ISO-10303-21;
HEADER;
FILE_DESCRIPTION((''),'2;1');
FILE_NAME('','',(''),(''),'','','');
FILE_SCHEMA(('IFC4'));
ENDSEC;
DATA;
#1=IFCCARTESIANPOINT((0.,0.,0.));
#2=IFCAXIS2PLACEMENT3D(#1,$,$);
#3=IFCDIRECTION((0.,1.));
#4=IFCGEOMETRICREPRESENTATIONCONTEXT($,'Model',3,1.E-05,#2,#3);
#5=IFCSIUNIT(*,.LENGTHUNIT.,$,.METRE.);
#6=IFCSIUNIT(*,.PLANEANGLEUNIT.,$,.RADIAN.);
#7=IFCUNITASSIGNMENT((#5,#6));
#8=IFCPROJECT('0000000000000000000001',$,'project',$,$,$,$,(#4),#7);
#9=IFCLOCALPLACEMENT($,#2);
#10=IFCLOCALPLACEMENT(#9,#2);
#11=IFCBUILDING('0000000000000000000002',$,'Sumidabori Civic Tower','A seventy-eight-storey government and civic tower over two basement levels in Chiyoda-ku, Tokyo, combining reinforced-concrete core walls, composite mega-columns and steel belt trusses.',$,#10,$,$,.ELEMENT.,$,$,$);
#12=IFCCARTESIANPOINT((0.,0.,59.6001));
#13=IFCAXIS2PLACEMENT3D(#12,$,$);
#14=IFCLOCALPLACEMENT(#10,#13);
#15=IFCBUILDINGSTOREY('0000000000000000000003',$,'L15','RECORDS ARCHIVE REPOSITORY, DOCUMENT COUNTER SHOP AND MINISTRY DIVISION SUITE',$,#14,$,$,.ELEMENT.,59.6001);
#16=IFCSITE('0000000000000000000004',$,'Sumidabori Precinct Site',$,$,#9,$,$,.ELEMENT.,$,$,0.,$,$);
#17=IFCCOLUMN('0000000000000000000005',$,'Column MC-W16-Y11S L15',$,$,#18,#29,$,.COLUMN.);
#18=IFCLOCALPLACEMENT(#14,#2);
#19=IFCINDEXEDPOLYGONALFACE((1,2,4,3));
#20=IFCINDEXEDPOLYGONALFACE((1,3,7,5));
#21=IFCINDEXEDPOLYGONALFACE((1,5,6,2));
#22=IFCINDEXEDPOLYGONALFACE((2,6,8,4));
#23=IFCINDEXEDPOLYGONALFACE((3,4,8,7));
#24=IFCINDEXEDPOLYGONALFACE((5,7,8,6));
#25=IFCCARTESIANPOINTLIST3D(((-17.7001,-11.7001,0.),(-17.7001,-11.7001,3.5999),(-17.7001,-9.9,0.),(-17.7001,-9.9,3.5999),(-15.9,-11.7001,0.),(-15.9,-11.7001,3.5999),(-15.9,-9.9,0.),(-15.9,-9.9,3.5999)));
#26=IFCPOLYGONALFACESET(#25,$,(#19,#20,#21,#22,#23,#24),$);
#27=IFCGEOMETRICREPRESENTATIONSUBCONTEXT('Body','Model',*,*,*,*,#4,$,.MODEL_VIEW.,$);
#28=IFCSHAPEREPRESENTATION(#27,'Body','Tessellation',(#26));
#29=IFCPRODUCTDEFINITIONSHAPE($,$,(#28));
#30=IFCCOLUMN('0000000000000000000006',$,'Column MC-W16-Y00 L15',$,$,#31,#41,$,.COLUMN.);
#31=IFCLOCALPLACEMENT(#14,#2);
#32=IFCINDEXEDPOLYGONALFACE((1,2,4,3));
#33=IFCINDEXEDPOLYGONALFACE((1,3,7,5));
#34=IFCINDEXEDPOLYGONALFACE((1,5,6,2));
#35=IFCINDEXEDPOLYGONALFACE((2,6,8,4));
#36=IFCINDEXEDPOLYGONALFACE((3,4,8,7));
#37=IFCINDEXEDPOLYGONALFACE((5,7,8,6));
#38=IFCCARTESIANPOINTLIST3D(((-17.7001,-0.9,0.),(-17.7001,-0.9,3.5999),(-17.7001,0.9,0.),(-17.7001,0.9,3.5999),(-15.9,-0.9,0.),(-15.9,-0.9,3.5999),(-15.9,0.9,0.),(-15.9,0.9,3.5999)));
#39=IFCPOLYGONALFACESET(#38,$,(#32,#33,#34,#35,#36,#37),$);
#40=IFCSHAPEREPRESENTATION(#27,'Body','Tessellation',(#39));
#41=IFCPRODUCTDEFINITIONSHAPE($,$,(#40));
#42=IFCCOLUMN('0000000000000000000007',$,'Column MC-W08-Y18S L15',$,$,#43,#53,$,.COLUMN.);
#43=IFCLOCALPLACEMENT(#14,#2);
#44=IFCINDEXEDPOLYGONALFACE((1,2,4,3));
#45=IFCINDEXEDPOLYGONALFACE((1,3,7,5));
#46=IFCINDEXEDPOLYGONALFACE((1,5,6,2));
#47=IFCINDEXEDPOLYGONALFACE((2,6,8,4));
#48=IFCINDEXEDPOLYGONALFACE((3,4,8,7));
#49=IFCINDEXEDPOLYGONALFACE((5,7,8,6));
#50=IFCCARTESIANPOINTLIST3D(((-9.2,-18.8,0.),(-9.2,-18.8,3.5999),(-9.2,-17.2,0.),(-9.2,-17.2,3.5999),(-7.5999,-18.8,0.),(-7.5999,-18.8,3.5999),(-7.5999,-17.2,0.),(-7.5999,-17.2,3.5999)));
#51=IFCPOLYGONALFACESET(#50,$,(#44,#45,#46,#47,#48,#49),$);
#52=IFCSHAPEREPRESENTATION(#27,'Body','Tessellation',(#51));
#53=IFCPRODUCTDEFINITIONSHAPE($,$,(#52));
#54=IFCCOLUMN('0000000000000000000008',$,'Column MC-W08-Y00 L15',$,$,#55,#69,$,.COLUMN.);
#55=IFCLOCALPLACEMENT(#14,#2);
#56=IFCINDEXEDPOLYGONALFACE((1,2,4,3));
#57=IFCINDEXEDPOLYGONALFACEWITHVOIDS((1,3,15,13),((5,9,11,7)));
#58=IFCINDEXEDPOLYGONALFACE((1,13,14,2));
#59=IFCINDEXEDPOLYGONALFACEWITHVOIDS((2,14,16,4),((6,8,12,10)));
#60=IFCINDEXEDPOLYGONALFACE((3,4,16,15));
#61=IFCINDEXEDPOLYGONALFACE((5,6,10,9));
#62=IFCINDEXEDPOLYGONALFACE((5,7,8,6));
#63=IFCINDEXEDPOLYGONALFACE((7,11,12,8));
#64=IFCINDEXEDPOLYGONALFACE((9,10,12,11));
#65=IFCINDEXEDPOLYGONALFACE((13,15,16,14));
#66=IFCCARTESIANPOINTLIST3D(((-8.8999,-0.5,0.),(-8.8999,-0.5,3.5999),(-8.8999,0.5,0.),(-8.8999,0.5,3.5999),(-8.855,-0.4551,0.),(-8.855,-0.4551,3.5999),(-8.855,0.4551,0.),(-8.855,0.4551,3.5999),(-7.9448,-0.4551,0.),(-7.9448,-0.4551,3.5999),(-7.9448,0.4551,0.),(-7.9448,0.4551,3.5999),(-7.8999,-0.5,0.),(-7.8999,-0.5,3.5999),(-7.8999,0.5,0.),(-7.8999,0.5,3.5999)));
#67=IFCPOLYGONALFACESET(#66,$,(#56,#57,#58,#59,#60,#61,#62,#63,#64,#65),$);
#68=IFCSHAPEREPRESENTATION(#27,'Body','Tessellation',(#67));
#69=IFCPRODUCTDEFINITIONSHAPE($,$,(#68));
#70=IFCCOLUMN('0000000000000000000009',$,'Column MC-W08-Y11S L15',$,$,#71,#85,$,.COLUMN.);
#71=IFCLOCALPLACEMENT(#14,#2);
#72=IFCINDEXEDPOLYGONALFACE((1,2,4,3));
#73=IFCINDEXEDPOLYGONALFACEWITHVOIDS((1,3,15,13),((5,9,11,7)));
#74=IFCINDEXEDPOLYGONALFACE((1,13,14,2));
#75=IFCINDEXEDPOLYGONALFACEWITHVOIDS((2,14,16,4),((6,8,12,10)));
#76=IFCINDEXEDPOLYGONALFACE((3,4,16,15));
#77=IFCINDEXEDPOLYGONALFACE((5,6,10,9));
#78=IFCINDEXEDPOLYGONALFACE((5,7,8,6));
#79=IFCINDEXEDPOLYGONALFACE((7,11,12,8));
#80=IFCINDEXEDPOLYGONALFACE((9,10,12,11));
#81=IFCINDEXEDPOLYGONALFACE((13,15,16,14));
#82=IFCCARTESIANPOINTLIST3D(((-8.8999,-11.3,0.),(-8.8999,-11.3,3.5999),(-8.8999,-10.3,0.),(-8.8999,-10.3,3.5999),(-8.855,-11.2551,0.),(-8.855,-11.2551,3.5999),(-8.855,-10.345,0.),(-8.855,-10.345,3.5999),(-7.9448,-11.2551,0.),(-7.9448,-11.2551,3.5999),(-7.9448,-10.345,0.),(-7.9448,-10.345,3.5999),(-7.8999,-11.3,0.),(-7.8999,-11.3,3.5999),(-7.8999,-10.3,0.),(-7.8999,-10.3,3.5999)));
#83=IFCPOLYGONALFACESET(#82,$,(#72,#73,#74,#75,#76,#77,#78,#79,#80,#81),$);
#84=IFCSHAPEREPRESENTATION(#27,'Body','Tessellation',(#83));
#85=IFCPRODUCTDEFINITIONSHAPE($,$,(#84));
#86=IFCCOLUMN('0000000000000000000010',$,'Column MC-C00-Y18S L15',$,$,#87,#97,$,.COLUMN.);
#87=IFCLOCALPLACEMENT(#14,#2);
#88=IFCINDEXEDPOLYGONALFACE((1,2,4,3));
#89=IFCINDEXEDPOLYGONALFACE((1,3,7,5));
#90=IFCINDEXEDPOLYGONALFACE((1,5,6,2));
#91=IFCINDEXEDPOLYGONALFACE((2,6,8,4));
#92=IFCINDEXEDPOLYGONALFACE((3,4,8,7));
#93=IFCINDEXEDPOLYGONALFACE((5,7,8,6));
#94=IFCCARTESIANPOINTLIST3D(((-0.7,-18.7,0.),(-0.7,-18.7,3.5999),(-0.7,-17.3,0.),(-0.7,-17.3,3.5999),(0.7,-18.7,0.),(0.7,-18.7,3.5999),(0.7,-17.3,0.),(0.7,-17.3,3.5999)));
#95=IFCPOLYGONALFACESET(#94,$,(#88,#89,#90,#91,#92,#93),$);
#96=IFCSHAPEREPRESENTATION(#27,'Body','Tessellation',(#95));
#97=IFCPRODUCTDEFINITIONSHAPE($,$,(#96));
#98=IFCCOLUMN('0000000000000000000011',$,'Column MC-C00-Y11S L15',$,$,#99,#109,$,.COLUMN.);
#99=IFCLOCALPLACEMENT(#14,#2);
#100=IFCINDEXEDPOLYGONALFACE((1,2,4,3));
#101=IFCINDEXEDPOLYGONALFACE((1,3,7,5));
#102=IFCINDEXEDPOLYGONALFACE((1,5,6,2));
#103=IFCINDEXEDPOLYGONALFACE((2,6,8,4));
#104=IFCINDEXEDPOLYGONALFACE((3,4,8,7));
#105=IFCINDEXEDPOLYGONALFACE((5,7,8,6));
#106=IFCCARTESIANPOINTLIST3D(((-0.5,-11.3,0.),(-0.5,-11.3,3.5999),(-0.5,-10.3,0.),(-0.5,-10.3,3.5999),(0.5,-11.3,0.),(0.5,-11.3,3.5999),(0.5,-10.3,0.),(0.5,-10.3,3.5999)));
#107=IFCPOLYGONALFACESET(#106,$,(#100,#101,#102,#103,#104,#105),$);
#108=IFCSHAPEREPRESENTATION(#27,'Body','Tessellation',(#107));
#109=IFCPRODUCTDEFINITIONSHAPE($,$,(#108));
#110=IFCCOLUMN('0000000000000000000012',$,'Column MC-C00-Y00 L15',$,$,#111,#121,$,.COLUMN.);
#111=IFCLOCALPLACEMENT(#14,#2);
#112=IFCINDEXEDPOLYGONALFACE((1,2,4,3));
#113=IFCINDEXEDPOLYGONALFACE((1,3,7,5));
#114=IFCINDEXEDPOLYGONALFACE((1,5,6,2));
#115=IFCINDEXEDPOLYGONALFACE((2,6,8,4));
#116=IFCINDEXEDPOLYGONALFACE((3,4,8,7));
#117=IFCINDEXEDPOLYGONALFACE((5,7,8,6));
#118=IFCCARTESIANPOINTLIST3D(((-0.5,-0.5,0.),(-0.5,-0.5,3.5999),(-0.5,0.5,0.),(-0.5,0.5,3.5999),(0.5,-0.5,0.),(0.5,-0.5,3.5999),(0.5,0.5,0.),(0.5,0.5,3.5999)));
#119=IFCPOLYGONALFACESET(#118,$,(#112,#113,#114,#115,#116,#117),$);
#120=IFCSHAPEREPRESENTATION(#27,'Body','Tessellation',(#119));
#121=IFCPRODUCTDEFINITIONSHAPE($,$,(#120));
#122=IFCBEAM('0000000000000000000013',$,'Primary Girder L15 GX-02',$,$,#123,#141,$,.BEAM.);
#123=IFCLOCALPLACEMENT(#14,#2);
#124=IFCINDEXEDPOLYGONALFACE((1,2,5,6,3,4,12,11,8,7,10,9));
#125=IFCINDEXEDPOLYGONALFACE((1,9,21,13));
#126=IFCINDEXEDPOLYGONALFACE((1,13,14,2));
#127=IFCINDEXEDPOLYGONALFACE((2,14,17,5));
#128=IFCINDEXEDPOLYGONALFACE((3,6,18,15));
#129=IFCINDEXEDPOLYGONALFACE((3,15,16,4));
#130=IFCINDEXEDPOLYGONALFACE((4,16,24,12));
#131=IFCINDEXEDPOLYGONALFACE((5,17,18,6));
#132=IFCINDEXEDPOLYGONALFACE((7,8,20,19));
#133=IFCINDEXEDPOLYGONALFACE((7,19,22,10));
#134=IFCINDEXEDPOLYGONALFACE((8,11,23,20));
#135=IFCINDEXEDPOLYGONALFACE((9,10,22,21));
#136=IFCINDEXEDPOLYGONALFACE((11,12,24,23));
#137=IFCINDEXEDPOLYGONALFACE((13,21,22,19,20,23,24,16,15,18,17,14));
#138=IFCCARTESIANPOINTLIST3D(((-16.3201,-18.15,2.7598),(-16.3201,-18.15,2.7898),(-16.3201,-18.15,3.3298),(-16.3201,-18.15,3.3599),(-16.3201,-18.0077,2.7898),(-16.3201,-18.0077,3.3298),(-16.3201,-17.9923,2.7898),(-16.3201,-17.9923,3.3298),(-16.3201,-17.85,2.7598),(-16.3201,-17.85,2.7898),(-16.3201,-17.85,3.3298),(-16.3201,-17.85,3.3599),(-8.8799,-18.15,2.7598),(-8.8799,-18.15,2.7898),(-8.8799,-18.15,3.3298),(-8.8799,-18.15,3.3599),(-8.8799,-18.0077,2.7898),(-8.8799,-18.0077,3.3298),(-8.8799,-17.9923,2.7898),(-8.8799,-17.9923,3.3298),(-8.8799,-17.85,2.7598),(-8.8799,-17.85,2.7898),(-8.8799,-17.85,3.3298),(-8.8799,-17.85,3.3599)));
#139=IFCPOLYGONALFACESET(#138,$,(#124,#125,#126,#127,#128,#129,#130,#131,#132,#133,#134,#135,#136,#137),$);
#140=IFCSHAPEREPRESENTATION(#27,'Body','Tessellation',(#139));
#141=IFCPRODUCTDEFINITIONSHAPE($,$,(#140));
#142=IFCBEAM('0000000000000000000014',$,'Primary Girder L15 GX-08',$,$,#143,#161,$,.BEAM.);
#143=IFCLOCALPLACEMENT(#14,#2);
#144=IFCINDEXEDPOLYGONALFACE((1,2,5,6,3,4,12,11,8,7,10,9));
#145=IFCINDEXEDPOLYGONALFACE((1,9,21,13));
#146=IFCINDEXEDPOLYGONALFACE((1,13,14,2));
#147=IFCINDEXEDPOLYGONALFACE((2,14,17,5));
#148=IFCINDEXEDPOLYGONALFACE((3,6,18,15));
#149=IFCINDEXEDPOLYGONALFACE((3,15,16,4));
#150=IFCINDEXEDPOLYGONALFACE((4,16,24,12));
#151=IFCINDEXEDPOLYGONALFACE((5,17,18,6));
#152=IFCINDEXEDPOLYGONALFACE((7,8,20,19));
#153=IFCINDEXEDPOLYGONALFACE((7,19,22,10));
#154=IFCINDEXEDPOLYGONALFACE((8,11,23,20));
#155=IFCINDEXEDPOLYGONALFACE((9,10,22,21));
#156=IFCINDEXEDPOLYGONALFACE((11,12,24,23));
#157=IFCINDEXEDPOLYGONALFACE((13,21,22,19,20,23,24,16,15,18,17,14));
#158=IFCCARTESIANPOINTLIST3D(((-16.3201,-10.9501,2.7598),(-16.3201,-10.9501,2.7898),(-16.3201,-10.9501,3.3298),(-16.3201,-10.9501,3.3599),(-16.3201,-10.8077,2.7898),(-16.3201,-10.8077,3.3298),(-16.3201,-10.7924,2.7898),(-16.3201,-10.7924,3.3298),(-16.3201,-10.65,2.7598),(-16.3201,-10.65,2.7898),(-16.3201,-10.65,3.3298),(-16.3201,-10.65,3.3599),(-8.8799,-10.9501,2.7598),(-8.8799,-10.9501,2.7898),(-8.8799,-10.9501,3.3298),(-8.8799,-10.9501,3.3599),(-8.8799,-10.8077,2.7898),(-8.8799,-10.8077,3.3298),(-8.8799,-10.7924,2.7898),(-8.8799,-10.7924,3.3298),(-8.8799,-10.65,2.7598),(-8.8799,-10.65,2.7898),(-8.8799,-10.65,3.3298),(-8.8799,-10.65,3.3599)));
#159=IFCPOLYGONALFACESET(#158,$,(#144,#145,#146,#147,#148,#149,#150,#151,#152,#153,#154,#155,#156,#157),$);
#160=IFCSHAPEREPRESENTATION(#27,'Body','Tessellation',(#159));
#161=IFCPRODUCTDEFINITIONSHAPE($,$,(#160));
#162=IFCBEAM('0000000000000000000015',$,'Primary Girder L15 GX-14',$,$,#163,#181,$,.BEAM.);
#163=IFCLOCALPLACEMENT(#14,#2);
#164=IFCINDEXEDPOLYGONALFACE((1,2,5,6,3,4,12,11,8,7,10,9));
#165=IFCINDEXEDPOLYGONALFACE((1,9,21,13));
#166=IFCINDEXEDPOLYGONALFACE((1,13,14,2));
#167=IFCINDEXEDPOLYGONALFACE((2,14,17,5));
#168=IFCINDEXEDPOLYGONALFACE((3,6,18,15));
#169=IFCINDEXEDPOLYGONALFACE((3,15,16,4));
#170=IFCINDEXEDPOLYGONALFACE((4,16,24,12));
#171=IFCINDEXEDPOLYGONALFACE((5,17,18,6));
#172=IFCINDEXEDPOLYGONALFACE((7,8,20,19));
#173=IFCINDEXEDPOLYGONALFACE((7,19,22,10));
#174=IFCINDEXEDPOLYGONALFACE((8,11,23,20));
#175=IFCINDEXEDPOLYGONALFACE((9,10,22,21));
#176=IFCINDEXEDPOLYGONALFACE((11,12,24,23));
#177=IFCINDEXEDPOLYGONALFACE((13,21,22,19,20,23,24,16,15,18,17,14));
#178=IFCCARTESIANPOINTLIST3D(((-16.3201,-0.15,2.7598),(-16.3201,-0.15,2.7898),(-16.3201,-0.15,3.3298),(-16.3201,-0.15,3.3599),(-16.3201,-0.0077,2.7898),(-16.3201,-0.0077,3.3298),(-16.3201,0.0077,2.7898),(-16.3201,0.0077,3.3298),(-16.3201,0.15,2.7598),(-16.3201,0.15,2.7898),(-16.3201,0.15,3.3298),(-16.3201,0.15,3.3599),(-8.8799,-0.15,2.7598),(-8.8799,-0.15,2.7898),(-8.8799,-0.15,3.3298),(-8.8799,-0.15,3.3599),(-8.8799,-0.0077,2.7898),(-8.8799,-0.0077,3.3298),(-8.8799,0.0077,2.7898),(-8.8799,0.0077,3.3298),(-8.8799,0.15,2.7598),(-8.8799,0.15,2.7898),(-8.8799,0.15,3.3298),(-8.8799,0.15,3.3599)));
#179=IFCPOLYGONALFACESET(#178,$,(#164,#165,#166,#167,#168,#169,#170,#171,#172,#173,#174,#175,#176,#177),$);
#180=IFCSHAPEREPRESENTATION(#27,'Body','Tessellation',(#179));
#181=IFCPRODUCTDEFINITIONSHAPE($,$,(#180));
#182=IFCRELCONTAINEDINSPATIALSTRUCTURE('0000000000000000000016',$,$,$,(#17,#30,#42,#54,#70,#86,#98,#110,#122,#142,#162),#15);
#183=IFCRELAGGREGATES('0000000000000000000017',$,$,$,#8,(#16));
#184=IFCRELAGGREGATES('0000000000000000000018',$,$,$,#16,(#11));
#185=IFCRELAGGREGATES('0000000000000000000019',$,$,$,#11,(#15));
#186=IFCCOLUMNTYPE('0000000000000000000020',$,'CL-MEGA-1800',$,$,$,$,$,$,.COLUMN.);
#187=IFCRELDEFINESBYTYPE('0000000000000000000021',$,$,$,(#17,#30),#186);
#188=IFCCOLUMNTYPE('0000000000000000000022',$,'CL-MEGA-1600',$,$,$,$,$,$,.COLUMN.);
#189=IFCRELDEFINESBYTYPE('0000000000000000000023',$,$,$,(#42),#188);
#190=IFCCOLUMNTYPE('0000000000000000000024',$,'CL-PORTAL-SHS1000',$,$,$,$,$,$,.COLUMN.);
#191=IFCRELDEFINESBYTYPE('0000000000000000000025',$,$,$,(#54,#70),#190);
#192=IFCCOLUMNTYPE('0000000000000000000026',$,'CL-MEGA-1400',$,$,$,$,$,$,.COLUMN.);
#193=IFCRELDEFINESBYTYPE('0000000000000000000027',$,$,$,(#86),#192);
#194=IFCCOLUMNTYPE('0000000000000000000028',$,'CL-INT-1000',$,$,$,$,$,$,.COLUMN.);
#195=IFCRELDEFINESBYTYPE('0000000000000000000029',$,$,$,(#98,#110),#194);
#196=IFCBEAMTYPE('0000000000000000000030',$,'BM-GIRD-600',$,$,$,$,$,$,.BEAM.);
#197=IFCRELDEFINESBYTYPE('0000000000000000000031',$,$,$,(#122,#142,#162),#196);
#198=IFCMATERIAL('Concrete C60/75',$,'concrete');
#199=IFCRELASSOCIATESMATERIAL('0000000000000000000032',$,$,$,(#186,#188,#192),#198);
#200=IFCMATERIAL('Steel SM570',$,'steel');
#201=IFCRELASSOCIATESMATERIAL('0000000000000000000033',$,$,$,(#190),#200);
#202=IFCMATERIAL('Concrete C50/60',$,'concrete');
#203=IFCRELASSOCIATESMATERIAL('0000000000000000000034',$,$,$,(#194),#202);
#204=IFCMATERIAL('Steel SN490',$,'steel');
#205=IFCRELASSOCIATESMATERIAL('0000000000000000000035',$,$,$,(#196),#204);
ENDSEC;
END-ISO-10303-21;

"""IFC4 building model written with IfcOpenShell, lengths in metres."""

from ifc_helpers import new_model, si_unit, direction, frame, origin, origin_2d, place, context, subcontext, project, spatial, rectangle, hollow_rectangle, i_section, extrude, source, transform, mapped, material, material_profile, profile_set, type_object, element, save


model = new_model("IFC4")

# Units and contexts
model_context = context("Model", 3, precision=1e-05, world=origin(), true_north=direction((0.0, 1.0)))
body_context = subcontext(model_context, "Body", "Model", "MODEL_VIEW")
ifc_project = project(units=[si_unit("LENGTHUNIT", "METRE"), si_unit("PLANEANGLEUNIT", "RADIAN")], contexts=[model_context])

# Site, building, storey
site_placement = place(None, origin())
site = spatial("IfcSite", under=ifc_project, at=site_placement, Name="Sumidabori Precinct Site", CompositionType="ELEMENT", RefElevation=0.0)
building_placement = place(site_placement, origin())
building = spatial("IfcBuilding", under=site, at=building_placement, Name="Sumidabori Civic Tower", Description="A seventy-eight-storey government and civic tower over two basement levels in Chiyoda-ku, Tokyo, combining reinforced-concrete core walls, composite mega-columns and steel belt trusses.", CompositionType="ELEMENT")
storey_placement = place(building_placement, frame((0.0, 0.0, 59.6001)))
storey = spatial("IfcBuildingStorey", under=building, at=storey_placement, Name="L15", Description="RECORDS ARCHIVE REPOSITORY, DOCUMENT COUNTER SHOP AND MINISTRY DIVISION SUITE", CompositionType="ELEMENT", Elevation=59.6001)

# Columns
ifc_material_1 = material(Name="Concrete C60/75", Category="concrete")
ifc_material_profile_1 = material_profile(ifc_material_1, rectangle(XDim=1.8, YDim=1.8, at=origin_2d()), Name="RC 1800x1800")
ifc_profile_set_1 = profile_set([ifc_material_profile_1], Name="Concrete C60/75")
column_type_1 = type_object("IfcColumnType", Name="CL-MEGA-1800", PredefinedType="COLUMN", material=ifc_profile_set_1)
shared_shape_1 = source(origin(), body_context, "Body", "SweptSolid", [
    extrude(rectangle(XDim=1.8, YDim=1.8, at=origin_2d()), origin(), (0.0, 0.0, 1.0), 3.5999),
])
for number, where, z_axis, x_axis, name in (
    (1, (-16.8, -10.8, 0.0), (0.0, 0.0, 1.0), (1.0, 0.0, 0.0), "Column MC-W16-Y11S L15"),
    (2, (-16.8, 0.0, 0.0), (0.0, 0.0, 1.0), (1.0, 0.0, 0.0), "Column MC-W16-Y00 L15"),
):
    element("IfcColumn", number, at=place(storey_placement, frame(where, z_axis=z_axis, x_axis=x_axis)), inside=storey, type_object=column_type_1, Name=name, PredefinedType="COLUMN", context=body_context, shape_type="MappedRepresentation", body=[
        mapped(shared_shape_1, transform((0.0, 0.0, 0.0), x_axis=(1.0, 0.0, 0.0), y_axis=(0.0, 1.0, 0.0), z_axis=(0.0, 0.0, 1.0), scale=1.0)),
    ])
ifc_material_profile_2 = material_profile(ifc_material_1, rectangle(XDim=1.6001, YDim=1.6001, at=origin_2d()), Name="RC 1600x1600")
ifc_profile_set_2 = profile_set([ifc_material_profile_2], Name="Concrete C60/75")
column_type_2 = type_object("IfcColumnType", Name="CL-MEGA-1600", PredefinedType="COLUMN", material=ifc_profile_set_2)
shared_shape_2 = source(origin(), body_context, "Body", "SweptSolid", [
    extrude(rectangle(XDim=1.6001, YDim=1.6001, at=origin_2d()), origin(), (0.0, 0.0, 1.0), 3.5999),
])
column_1_placement = place(storey_placement, frame((-8.3999, -18.0, 0.0), z_axis=(0.0, 0.0, 1.0), x_axis=(1.0, 0.0, 0.0)))
element("IfcColumn", 3, at=column_1_placement, inside=storey, type_object=column_type_2, Name="Column MC-W08-Y18S L15", PredefinedType="COLUMN", context=body_context, shape_type="MappedRepresentation", body=[
    mapped(shared_shape_2, transform((0.0, 0.0, 0.0), x_axis=(1.0, 0.0, 0.0), y_axis=(0.0, 1.0, 0.0), z_axis=(0.0, 0.0, 1.0), scale=1.0)),
])
ifc_material_2 = material(Name="Steel SM570", Category="steel")
ifc_material_profile_3 = material_profile(ifc_material_2, hollow_rectangle(XDim=1.0, YDim=1.0, WallThickness=0.0449, at=origin_2d()), Name="SHS 1000x1000x45")
ifc_profile_set_3 = profile_set([ifc_material_profile_3], Name="Steel SM570")
column_type_3 = type_object("IfcColumnType", Name="CL-PORTAL-SHS1000", PredefinedType="COLUMN", material=ifc_profile_set_3)
shared_shape_3 = source(origin(), body_context, "Body", "SweptSolid", [
    extrude(hollow_rectangle(XDim=1.0, YDim=1.0, WallThickness=0.0449, at=origin_2d()), origin(), (0.0, 0.0, 1.0), 3.5999),
])
for number, where, z_axis, x_axis, name in (
    (4, (-8.3999, 0.0, 0.0), (0.0, 0.0, 1.0), (1.0, 0.0, 0.0), "Column MC-W08-Y00 L15"),
    (5, (-8.3999, -10.8, 0.0), (0.0, 0.0, 1.0), (1.0, 0.0, 0.0), "Column MC-W08-Y11S L15"),
):
    element("IfcColumn", number, at=place(storey_placement, frame(where, z_axis=z_axis, x_axis=x_axis)), inside=storey, type_object=column_type_3, Name=name, PredefinedType="COLUMN", context=body_context, shape_type="MappedRepresentation", body=[
        mapped(shared_shape_3, transform((0.0, 0.0, 0.0), x_axis=(1.0, 0.0, 0.0), y_axis=(0.0, 1.0, 0.0), z_axis=(0.0, 0.0, 1.0), scale=1.0)),
    ])
ifc_material_profile_4 = material_profile(ifc_material_1, rectangle(XDim=1.3999, YDim=1.3999, at=origin_2d()), Name="RC 1400x1400")
ifc_profile_set_4 = profile_set([ifc_material_profile_4], Name="Concrete C60/75")
column_type_4 = type_object("IfcColumnType", Name="CL-MEGA-1400", PredefinedType="COLUMN", material=ifc_profile_set_4)
shared_shape_4 = source(origin(), body_context, "Body", "SweptSolid", [
    extrude(rectangle(XDim=1.3999, YDim=1.3999, at=origin_2d()), origin(), (0.0, 0.0, 1.0), 3.5999),
])
column_2_placement = place(storey_placement, frame((0.0, -18.0, 0.0), z_axis=(0.0, 0.0, 1.0), x_axis=(1.0, 0.0, 0.0)))
element("IfcColumn", 6, at=column_2_placement, inside=storey, type_object=column_type_4, Name="Column MC-C00-Y18S L15", PredefinedType="COLUMN", context=body_context, shape_type="MappedRepresentation", body=[
    mapped(shared_shape_4, transform((0.0, 0.0, 0.0), x_axis=(1.0, 0.0, 0.0), y_axis=(0.0, 1.0, 0.0), z_axis=(0.0, 0.0, 1.0), scale=1.0)),
])
ifc_material_3 = material(Name="Concrete C50/60", Category="concrete")
ifc_material_profile_5 = material_profile(ifc_material_3, rectangle(XDim=1.0, YDim=1.0, at=origin_2d()), Name="RC 1000x1000")
ifc_profile_set_5 = profile_set([ifc_material_profile_5], Name="Concrete C50/60")
column_type_5 = type_object("IfcColumnType", Name="CL-INT-1000", PredefinedType="COLUMN", material=ifc_profile_set_5)
shared_shape_5 = source(origin(), body_context, "Body", "SweptSolid", [
    extrude(rectangle(XDim=1.0, YDim=1.0, at=origin_2d()), origin(), (0.0, 0.0, 1.0), 3.5999),
])
for number, where, z_axis, x_axis, name in (
    (7, (0.0, -10.8, 0.0), (0.0, 0.0, 1.0), (1.0, 0.0, 0.0), "Column MC-C00-Y11S L15"),
    (8, (0.0, 0.0, 0.0), (0.0, 0.0, 1.0), (1.0, 0.0, 0.0), "Column MC-C00-Y00 L15"),
):
    element("IfcColumn", number, at=place(storey_placement, frame(where, z_axis=z_axis, x_axis=x_axis)), inside=storey, type_object=column_type_5, Name=name, PredefinedType="COLUMN", context=body_context, shape_type="MappedRepresentation", body=[
        mapped(shared_shape_5, transform((0.0, 0.0, 0.0), x_axis=(1.0, 0.0, 0.0), y_axis=(0.0, 1.0, 0.0), z_axis=(0.0, 0.0, 1.0), scale=1.0)),
    ])

# Beams
ifc_material_4 = material(Name="Steel SN490", Category="steel")
ifc_material_profile_6 = material_profile(ifc_material_4, i_section(OverallWidth=0.3, OverallDepth=0.6001, WebThickness=0.0154, FlangeThickness=0.03, at=origin_2d()), Name="HE 600 B")
ifc_profile_set_6 = profile_set([ifc_material_profile_6], Name="Steel SN490")
beam_type_1 = type_object("IfcBeamType", Name="BM-GIRD-600", PredefinedType="BEAM", material=ifc_profile_set_6)
shared_shape_6 = source(origin(), body_context, "Body", "SweptSolid", [
    extrude(i_section(OverallWidth=0.3, OverallDepth=0.6001, WebThickness=0.0154, FlangeThickness=0.03, at=origin_2d()), origin(), (0.0, 0.0, 1.0), 7.4402),
])
for number, where, z_axis, x_axis, name in (
    (9, (-16.3201, -18.0, 3.0598), (1.0, 0.0, 0.0), (0.0, 1.0, 0.0), "Primary Girder L15 GX-02"),
    (10, (-16.3201, -10.8, 3.0598), (1.0, 0.0, 0.0), (0.0, 1.0, 0.0), "Primary Girder L15 GX-08"),
    (11, (-16.3201, 0.0, 3.0598), (1.0, 0.0, 0.0), (0.0, 1.0, 0.0), "Primary Girder L15 GX-14"),
):
    element("IfcBeam", number, at=place(storey_placement, frame(where, z_axis=z_axis, x_axis=x_axis)), inside=storey, type_object=beam_type_1, Name=name, PredefinedType="BEAM", context=body_context, shape_type="MappedRepresentation", body=[
        mapped(shared_shape_6, transform((0.0, 0.0, 0.0), x_axis=(1.0, 0.0, 0.0), y_axis=(0.0, 1.0, 0.0), z_axis=(0.0, 0.0, 1.0), scale=1.0)),
    ])

save(model, "model.ifc")
